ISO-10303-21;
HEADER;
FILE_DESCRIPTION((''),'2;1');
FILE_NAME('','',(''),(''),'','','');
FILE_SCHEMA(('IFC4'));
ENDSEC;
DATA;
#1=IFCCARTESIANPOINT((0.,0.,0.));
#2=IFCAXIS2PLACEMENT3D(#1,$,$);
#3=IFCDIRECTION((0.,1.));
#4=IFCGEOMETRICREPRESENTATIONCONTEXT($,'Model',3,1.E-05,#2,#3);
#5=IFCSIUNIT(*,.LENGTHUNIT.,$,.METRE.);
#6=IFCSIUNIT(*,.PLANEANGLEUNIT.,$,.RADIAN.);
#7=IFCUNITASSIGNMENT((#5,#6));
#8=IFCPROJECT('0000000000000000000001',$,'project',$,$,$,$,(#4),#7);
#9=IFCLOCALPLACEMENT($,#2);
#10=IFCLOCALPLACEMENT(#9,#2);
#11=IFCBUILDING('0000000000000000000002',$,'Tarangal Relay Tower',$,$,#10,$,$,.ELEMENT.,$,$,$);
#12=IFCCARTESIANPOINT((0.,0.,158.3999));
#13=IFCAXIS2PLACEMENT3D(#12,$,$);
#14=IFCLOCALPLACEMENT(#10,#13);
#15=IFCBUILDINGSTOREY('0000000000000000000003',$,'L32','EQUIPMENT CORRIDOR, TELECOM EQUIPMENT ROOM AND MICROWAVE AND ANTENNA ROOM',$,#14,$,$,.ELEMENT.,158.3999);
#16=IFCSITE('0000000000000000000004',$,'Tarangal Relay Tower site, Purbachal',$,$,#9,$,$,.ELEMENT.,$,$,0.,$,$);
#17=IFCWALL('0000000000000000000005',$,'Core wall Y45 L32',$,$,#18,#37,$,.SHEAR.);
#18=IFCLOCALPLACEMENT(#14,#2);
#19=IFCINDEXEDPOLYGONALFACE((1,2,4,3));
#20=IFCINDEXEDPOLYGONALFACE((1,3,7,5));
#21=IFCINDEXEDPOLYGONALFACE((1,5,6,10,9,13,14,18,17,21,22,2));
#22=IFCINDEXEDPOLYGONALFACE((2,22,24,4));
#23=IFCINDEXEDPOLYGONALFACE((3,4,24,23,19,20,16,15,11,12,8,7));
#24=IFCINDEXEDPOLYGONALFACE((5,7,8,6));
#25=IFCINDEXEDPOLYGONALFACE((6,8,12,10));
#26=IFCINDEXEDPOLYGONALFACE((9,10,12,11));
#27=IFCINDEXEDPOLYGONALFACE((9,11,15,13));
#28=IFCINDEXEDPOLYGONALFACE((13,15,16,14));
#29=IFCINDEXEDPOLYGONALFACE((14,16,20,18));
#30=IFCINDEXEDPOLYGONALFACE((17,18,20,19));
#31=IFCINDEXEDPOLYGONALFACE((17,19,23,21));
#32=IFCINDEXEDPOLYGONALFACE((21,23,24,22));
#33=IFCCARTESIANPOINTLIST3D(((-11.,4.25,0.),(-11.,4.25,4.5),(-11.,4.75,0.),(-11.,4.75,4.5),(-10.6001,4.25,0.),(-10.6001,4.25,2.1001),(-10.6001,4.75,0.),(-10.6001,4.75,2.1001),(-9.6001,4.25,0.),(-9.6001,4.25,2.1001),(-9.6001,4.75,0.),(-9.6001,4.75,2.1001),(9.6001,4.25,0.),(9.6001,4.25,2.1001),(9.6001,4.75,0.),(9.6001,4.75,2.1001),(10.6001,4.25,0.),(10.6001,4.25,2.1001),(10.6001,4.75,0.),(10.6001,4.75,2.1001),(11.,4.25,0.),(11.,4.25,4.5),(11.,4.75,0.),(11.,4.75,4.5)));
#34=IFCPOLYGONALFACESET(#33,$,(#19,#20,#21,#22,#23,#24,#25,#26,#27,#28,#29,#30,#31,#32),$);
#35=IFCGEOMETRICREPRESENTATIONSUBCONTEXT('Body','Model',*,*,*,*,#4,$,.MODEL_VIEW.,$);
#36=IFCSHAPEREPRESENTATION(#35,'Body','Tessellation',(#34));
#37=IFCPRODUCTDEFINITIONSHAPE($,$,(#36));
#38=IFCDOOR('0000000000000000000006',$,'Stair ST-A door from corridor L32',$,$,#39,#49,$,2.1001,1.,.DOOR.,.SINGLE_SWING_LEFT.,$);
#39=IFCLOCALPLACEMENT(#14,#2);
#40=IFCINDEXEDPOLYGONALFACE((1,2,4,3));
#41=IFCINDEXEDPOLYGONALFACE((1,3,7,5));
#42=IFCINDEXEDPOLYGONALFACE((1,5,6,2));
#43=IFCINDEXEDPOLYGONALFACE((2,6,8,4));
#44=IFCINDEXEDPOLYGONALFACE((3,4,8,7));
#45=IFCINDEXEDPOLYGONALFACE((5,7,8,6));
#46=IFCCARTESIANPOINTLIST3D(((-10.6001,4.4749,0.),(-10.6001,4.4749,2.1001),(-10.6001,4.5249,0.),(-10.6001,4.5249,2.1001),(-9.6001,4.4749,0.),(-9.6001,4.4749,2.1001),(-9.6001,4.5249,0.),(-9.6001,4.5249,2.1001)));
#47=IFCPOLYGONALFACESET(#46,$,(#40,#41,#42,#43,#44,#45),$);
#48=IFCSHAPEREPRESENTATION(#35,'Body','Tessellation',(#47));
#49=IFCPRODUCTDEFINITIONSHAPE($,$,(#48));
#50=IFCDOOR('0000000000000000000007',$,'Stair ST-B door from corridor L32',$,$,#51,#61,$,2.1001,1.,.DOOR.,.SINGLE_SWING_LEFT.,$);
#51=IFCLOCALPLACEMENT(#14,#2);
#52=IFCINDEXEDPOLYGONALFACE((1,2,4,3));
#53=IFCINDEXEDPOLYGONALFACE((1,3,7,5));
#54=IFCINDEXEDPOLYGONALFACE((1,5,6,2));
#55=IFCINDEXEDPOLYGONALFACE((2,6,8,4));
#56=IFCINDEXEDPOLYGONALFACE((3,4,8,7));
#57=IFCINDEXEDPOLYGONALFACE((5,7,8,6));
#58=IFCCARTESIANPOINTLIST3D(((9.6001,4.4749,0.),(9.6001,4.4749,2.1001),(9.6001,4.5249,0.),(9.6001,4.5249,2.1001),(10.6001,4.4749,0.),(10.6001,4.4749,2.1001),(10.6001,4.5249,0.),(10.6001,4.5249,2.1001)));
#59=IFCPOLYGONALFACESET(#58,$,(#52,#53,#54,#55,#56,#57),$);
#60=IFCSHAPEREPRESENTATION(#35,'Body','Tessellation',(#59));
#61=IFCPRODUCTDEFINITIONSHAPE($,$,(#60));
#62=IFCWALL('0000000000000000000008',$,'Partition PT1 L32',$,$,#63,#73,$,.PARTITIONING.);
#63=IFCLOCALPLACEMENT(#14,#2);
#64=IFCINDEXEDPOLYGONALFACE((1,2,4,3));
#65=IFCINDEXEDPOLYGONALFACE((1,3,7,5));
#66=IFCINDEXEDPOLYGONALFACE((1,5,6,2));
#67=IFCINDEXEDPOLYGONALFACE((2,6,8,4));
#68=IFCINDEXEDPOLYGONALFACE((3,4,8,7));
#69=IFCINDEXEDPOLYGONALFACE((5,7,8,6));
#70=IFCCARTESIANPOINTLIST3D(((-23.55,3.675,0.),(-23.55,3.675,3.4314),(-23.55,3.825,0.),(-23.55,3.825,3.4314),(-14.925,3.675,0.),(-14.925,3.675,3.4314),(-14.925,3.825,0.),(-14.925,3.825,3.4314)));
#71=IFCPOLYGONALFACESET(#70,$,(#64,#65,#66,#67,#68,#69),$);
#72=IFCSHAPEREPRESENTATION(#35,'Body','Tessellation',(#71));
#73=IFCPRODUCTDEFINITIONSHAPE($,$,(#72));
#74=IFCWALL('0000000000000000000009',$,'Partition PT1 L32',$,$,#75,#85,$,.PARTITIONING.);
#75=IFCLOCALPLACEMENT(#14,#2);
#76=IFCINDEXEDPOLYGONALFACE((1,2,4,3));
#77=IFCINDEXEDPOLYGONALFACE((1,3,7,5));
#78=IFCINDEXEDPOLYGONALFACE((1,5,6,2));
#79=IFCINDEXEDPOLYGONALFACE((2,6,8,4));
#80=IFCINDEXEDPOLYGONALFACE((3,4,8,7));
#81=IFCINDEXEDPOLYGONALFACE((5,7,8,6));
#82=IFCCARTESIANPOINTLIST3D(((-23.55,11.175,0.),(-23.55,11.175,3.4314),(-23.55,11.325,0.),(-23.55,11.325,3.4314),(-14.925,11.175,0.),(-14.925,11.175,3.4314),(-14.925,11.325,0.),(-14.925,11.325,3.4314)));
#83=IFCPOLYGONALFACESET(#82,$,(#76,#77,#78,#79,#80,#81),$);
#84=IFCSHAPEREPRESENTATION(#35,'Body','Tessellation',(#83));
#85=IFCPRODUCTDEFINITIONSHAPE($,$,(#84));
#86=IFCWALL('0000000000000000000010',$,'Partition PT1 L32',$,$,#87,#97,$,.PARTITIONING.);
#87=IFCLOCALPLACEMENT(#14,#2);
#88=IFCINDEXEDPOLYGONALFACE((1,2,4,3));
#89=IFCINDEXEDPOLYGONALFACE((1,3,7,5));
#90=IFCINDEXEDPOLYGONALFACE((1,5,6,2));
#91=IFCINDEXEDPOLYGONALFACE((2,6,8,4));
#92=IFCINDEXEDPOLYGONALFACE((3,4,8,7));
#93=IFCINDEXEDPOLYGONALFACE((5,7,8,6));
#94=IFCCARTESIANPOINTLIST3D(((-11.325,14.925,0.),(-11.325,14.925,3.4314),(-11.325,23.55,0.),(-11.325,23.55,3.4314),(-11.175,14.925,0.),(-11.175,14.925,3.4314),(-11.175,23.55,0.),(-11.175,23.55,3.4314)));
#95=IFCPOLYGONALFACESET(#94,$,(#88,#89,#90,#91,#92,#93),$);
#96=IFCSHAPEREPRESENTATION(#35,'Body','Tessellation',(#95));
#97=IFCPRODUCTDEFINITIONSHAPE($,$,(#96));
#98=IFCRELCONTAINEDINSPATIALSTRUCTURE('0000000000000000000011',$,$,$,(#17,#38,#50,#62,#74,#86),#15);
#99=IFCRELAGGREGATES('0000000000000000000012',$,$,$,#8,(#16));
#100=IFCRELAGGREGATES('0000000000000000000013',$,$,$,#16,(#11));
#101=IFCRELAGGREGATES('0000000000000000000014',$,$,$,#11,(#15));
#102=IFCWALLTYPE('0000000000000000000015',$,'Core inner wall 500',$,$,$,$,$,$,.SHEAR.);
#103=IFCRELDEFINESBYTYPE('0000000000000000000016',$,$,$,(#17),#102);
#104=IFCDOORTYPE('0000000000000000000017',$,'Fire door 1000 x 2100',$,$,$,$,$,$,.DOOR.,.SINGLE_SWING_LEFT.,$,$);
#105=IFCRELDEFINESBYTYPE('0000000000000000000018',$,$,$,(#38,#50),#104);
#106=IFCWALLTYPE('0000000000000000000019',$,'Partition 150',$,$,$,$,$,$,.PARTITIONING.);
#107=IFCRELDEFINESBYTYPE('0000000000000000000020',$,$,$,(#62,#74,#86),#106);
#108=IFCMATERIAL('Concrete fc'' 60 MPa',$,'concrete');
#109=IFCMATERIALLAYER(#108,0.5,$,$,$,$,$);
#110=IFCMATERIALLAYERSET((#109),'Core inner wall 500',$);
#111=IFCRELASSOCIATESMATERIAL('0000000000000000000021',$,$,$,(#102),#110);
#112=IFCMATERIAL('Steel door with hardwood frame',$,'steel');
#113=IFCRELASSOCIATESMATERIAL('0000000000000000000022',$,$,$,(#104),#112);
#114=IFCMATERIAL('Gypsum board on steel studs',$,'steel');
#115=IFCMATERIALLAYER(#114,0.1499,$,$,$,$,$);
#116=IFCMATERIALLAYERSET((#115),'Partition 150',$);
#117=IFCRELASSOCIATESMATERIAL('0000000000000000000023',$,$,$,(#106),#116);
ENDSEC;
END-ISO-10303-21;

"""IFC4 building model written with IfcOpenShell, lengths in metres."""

from ifc_helpers import new_model, si_unit, direction, frame, frame_2d, origin, place, context, subcontext, project, spatial, rectangle, extrude, material, layer, layer_set, type_object, element, fill, save


model = new_model("IFC4")

# Units and contexts
model_context = context("Model", 3, precision=1e-05, world=origin(), true_north=direction((0.0, 1.0)))
body_context = subcontext(model_context, "Body", "Model", "MODEL_VIEW")
ifc_project = project(units=[si_unit("LENGTHUNIT", "METRE"), si_unit("PLANEANGLEUNIT", "RADIAN")], contexts=[model_context])

# Site, building, storey
site_placement = place(None, origin())
site = spatial("IfcSite", under=ifc_project, at=site_placement, Name="Tarangal Relay Tower site, Purbachal", CompositionType="ELEMENT", RefElevation=0.0)
building_placement = place(site_placement, origin())
building = spatial("IfcBuilding", under=site, at=building_placement, Name="Tarangal Relay Tower", CompositionType="ELEMENT")
storey_placement = place(building_placement, frame((0.0, 0.0, 158.3999)))
storey = spatial("IfcBuildingStorey", under=building, at=storey_placement, Name="L32", Description="EQUIPMENT CORRIDOR, TELECOM EQUIPMENT ROOM AND MICROWAVE AND ANTENNA ROOM", CompositionType="ELEMENT", Elevation=158.3999)

# Wall, openings, doors
ifc_material_1 = material(Name="Concrete fc' 60 MPa", Category="concrete")
ifc_layer_1 = layer(ifc_material_1, 0.5)
ifc_layer_set_1 = layer_set([ifc_layer_1], Name="Core inner wall 500")
wall_type_1 = type_object("IfcWallType", Name="Core inner wall 500", PredefinedType="SHEAR", material=ifc_layer_set_1)
wall_1_placement = place(storey_placement, frame((-11.0, 4.5, 0.0), z_axis=(0.0, 0.0, 1.0), x_axis=(1.0, 0.0, 0.0)))
wall_1 = element("IfcWall", 1, at=wall_1_placement, inside=storey, type_object=wall_type_1, Name="Core wall Y45 L32", PredefinedType="SHEAR", context=body_context, shape_type="SweptSolid", body=[
    extrude(rectangle(XDim=22.0, YDim=0.5, at=frame_2d((11.0, 0.0))), origin(), (0.0, 0.0, 1.0), 4.5),
])
opening_1_placement = place(wall_1_placement, frame((0.3999, 0.0, 0.0)))
opening_1 = element("IfcOpeningElement", 2, at=opening_1_placement, cuts=wall_1, PredefinedType="OPENING", context=body_context, shape_type="SweptSolid", body=[
    extrude(rectangle(XDim=1.0, YDim=2.1001, at=frame_2d((0.5, 1.05))), frame((0.0, 0.26, 0.0), z_axis=(0.0, -1.0, 0.0), x_axis=(1.0, 0.0, 0.0)), (0.0, 0.0, 1.0), 0.52),
])
opening_2_placement = place(wall_1_placement, frame((20.6001, 0.0, 0.0)))
opening_2 = element("IfcOpeningElement", 3, at=opening_2_placement, cuts=wall_1, PredefinedType="OPENING", context=body_context, shape_type="SweptSolid", body=[
    extrude(rectangle(XDim=1.0, YDim=2.1001, at=frame_2d((0.5, 1.05))), frame((0.0, 0.26, 0.0), z_axis=(0.0, -1.0, 0.0), x_axis=(1.0, 0.0, 0.0)), (0.0, 0.0, 1.0), 0.52),
])
ifc_material_2 = material(Name="Steel door with hardwood frame", Category="steel")
door_type_1 = type_object("IfcDoorType", Name="Fire door 1000 x 2100", OperationType="SINGLE_SWING_LEFT", PredefinedType="DOOR", material=ifc_material_2)
door_1_placement = place(opening_1_placement, origin())
door_1 = element("IfcDoor", 4, at=door_1_placement, inside=storey, type_object=door_type_1, Name="Stair ST-A door from corridor L32", OperationType="SINGLE_SWING_LEFT", OverallHeight=2.1001, OverallWidth=1.0, PredefinedType="DOOR", context=body_context, shape_type="SweptSolid", body=[
    extrude(rectangle(XDim=1.0, YDim=2.1001, at=frame_2d((0.5, 1.05))), frame((0.0, 0.0249, 0.0), z_axis=(0.0, -1.0, 0.0), x_axis=(1.0, 0.0, 0.0)), (0.0, 0.0, 1.0), 0.05),
])
fill(opening_1, door_1)
door_2_placement = place(opening_2_placement, origin())
door_2 = element("IfcDoor", 5, at=door_2_placement, inside=storey, type_object=door_type_1, Name="Stair ST-B door from corridor L32", OperationType="SINGLE_SWING_LEFT", OverallHeight=2.1001, OverallWidth=1.0, PredefinedType="DOOR", context=body_context, shape_type="SweptSolid", body=[
    extrude(rectangle(XDim=1.0, YDim=2.1001, at=frame_2d((0.5, 1.05))), frame((0.0, 0.0249, 0.0), z_axis=(0.0, -1.0, 0.0), x_axis=(1.0, 0.0, 0.0)), (0.0, 0.0, 1.0), 0.05),
])
fill(opening_2, door_2)

# Walls
ifc_material_3 = material(Name="Gypsum board on steel studs", Category="steel")
ifc_layer_2 = layer(ifc_material_3, 0.1499)
ifc_layer_set_2 = layer_set([ifc_layer_2], Name="Partition 150")
wall_type_2 = type_object("IfcWallType", Name="Partition 150", PredefinedType="PARTITIONING", material=ifc_layer_set_2)
for number, where, z_axis, x_axis, name in (
    (6, (-23.55, 3.75, 0.0), (0.0, 0.0, 1.0), (1.0, 0.0, 0.0), "Partition PT1 L32"),
    (7, (-23.55, 11.25, 0.0), (0.0, 0.0, 1.0), (1.0, 0.0, 0.0), "Partition PT1 L32"),
    (8, (-11.25, 14.925, 0.0), (0.0, 0.0, 1.0), (0.0, 1.0, 0.0), "Partition PT1 L32"),
):
    element("IfcWall", number, at=place(storey_placement, frame(where, z_axis=z_axis, x_axis=x_axis)), inside=storey, type_object=wall_type_2, Name=name, PredefinedType="PARTITIONING", context=body_context, shape_type="SweptSolid", body=[
        extrude(rectangle(XDim=8.625, YDim=0.1499, at=frame_2d((4.3125, 0.0))), origin(), (0.0, 0.0, 1.0), 3.4314),
    ])

save(model, "model.ifc")
